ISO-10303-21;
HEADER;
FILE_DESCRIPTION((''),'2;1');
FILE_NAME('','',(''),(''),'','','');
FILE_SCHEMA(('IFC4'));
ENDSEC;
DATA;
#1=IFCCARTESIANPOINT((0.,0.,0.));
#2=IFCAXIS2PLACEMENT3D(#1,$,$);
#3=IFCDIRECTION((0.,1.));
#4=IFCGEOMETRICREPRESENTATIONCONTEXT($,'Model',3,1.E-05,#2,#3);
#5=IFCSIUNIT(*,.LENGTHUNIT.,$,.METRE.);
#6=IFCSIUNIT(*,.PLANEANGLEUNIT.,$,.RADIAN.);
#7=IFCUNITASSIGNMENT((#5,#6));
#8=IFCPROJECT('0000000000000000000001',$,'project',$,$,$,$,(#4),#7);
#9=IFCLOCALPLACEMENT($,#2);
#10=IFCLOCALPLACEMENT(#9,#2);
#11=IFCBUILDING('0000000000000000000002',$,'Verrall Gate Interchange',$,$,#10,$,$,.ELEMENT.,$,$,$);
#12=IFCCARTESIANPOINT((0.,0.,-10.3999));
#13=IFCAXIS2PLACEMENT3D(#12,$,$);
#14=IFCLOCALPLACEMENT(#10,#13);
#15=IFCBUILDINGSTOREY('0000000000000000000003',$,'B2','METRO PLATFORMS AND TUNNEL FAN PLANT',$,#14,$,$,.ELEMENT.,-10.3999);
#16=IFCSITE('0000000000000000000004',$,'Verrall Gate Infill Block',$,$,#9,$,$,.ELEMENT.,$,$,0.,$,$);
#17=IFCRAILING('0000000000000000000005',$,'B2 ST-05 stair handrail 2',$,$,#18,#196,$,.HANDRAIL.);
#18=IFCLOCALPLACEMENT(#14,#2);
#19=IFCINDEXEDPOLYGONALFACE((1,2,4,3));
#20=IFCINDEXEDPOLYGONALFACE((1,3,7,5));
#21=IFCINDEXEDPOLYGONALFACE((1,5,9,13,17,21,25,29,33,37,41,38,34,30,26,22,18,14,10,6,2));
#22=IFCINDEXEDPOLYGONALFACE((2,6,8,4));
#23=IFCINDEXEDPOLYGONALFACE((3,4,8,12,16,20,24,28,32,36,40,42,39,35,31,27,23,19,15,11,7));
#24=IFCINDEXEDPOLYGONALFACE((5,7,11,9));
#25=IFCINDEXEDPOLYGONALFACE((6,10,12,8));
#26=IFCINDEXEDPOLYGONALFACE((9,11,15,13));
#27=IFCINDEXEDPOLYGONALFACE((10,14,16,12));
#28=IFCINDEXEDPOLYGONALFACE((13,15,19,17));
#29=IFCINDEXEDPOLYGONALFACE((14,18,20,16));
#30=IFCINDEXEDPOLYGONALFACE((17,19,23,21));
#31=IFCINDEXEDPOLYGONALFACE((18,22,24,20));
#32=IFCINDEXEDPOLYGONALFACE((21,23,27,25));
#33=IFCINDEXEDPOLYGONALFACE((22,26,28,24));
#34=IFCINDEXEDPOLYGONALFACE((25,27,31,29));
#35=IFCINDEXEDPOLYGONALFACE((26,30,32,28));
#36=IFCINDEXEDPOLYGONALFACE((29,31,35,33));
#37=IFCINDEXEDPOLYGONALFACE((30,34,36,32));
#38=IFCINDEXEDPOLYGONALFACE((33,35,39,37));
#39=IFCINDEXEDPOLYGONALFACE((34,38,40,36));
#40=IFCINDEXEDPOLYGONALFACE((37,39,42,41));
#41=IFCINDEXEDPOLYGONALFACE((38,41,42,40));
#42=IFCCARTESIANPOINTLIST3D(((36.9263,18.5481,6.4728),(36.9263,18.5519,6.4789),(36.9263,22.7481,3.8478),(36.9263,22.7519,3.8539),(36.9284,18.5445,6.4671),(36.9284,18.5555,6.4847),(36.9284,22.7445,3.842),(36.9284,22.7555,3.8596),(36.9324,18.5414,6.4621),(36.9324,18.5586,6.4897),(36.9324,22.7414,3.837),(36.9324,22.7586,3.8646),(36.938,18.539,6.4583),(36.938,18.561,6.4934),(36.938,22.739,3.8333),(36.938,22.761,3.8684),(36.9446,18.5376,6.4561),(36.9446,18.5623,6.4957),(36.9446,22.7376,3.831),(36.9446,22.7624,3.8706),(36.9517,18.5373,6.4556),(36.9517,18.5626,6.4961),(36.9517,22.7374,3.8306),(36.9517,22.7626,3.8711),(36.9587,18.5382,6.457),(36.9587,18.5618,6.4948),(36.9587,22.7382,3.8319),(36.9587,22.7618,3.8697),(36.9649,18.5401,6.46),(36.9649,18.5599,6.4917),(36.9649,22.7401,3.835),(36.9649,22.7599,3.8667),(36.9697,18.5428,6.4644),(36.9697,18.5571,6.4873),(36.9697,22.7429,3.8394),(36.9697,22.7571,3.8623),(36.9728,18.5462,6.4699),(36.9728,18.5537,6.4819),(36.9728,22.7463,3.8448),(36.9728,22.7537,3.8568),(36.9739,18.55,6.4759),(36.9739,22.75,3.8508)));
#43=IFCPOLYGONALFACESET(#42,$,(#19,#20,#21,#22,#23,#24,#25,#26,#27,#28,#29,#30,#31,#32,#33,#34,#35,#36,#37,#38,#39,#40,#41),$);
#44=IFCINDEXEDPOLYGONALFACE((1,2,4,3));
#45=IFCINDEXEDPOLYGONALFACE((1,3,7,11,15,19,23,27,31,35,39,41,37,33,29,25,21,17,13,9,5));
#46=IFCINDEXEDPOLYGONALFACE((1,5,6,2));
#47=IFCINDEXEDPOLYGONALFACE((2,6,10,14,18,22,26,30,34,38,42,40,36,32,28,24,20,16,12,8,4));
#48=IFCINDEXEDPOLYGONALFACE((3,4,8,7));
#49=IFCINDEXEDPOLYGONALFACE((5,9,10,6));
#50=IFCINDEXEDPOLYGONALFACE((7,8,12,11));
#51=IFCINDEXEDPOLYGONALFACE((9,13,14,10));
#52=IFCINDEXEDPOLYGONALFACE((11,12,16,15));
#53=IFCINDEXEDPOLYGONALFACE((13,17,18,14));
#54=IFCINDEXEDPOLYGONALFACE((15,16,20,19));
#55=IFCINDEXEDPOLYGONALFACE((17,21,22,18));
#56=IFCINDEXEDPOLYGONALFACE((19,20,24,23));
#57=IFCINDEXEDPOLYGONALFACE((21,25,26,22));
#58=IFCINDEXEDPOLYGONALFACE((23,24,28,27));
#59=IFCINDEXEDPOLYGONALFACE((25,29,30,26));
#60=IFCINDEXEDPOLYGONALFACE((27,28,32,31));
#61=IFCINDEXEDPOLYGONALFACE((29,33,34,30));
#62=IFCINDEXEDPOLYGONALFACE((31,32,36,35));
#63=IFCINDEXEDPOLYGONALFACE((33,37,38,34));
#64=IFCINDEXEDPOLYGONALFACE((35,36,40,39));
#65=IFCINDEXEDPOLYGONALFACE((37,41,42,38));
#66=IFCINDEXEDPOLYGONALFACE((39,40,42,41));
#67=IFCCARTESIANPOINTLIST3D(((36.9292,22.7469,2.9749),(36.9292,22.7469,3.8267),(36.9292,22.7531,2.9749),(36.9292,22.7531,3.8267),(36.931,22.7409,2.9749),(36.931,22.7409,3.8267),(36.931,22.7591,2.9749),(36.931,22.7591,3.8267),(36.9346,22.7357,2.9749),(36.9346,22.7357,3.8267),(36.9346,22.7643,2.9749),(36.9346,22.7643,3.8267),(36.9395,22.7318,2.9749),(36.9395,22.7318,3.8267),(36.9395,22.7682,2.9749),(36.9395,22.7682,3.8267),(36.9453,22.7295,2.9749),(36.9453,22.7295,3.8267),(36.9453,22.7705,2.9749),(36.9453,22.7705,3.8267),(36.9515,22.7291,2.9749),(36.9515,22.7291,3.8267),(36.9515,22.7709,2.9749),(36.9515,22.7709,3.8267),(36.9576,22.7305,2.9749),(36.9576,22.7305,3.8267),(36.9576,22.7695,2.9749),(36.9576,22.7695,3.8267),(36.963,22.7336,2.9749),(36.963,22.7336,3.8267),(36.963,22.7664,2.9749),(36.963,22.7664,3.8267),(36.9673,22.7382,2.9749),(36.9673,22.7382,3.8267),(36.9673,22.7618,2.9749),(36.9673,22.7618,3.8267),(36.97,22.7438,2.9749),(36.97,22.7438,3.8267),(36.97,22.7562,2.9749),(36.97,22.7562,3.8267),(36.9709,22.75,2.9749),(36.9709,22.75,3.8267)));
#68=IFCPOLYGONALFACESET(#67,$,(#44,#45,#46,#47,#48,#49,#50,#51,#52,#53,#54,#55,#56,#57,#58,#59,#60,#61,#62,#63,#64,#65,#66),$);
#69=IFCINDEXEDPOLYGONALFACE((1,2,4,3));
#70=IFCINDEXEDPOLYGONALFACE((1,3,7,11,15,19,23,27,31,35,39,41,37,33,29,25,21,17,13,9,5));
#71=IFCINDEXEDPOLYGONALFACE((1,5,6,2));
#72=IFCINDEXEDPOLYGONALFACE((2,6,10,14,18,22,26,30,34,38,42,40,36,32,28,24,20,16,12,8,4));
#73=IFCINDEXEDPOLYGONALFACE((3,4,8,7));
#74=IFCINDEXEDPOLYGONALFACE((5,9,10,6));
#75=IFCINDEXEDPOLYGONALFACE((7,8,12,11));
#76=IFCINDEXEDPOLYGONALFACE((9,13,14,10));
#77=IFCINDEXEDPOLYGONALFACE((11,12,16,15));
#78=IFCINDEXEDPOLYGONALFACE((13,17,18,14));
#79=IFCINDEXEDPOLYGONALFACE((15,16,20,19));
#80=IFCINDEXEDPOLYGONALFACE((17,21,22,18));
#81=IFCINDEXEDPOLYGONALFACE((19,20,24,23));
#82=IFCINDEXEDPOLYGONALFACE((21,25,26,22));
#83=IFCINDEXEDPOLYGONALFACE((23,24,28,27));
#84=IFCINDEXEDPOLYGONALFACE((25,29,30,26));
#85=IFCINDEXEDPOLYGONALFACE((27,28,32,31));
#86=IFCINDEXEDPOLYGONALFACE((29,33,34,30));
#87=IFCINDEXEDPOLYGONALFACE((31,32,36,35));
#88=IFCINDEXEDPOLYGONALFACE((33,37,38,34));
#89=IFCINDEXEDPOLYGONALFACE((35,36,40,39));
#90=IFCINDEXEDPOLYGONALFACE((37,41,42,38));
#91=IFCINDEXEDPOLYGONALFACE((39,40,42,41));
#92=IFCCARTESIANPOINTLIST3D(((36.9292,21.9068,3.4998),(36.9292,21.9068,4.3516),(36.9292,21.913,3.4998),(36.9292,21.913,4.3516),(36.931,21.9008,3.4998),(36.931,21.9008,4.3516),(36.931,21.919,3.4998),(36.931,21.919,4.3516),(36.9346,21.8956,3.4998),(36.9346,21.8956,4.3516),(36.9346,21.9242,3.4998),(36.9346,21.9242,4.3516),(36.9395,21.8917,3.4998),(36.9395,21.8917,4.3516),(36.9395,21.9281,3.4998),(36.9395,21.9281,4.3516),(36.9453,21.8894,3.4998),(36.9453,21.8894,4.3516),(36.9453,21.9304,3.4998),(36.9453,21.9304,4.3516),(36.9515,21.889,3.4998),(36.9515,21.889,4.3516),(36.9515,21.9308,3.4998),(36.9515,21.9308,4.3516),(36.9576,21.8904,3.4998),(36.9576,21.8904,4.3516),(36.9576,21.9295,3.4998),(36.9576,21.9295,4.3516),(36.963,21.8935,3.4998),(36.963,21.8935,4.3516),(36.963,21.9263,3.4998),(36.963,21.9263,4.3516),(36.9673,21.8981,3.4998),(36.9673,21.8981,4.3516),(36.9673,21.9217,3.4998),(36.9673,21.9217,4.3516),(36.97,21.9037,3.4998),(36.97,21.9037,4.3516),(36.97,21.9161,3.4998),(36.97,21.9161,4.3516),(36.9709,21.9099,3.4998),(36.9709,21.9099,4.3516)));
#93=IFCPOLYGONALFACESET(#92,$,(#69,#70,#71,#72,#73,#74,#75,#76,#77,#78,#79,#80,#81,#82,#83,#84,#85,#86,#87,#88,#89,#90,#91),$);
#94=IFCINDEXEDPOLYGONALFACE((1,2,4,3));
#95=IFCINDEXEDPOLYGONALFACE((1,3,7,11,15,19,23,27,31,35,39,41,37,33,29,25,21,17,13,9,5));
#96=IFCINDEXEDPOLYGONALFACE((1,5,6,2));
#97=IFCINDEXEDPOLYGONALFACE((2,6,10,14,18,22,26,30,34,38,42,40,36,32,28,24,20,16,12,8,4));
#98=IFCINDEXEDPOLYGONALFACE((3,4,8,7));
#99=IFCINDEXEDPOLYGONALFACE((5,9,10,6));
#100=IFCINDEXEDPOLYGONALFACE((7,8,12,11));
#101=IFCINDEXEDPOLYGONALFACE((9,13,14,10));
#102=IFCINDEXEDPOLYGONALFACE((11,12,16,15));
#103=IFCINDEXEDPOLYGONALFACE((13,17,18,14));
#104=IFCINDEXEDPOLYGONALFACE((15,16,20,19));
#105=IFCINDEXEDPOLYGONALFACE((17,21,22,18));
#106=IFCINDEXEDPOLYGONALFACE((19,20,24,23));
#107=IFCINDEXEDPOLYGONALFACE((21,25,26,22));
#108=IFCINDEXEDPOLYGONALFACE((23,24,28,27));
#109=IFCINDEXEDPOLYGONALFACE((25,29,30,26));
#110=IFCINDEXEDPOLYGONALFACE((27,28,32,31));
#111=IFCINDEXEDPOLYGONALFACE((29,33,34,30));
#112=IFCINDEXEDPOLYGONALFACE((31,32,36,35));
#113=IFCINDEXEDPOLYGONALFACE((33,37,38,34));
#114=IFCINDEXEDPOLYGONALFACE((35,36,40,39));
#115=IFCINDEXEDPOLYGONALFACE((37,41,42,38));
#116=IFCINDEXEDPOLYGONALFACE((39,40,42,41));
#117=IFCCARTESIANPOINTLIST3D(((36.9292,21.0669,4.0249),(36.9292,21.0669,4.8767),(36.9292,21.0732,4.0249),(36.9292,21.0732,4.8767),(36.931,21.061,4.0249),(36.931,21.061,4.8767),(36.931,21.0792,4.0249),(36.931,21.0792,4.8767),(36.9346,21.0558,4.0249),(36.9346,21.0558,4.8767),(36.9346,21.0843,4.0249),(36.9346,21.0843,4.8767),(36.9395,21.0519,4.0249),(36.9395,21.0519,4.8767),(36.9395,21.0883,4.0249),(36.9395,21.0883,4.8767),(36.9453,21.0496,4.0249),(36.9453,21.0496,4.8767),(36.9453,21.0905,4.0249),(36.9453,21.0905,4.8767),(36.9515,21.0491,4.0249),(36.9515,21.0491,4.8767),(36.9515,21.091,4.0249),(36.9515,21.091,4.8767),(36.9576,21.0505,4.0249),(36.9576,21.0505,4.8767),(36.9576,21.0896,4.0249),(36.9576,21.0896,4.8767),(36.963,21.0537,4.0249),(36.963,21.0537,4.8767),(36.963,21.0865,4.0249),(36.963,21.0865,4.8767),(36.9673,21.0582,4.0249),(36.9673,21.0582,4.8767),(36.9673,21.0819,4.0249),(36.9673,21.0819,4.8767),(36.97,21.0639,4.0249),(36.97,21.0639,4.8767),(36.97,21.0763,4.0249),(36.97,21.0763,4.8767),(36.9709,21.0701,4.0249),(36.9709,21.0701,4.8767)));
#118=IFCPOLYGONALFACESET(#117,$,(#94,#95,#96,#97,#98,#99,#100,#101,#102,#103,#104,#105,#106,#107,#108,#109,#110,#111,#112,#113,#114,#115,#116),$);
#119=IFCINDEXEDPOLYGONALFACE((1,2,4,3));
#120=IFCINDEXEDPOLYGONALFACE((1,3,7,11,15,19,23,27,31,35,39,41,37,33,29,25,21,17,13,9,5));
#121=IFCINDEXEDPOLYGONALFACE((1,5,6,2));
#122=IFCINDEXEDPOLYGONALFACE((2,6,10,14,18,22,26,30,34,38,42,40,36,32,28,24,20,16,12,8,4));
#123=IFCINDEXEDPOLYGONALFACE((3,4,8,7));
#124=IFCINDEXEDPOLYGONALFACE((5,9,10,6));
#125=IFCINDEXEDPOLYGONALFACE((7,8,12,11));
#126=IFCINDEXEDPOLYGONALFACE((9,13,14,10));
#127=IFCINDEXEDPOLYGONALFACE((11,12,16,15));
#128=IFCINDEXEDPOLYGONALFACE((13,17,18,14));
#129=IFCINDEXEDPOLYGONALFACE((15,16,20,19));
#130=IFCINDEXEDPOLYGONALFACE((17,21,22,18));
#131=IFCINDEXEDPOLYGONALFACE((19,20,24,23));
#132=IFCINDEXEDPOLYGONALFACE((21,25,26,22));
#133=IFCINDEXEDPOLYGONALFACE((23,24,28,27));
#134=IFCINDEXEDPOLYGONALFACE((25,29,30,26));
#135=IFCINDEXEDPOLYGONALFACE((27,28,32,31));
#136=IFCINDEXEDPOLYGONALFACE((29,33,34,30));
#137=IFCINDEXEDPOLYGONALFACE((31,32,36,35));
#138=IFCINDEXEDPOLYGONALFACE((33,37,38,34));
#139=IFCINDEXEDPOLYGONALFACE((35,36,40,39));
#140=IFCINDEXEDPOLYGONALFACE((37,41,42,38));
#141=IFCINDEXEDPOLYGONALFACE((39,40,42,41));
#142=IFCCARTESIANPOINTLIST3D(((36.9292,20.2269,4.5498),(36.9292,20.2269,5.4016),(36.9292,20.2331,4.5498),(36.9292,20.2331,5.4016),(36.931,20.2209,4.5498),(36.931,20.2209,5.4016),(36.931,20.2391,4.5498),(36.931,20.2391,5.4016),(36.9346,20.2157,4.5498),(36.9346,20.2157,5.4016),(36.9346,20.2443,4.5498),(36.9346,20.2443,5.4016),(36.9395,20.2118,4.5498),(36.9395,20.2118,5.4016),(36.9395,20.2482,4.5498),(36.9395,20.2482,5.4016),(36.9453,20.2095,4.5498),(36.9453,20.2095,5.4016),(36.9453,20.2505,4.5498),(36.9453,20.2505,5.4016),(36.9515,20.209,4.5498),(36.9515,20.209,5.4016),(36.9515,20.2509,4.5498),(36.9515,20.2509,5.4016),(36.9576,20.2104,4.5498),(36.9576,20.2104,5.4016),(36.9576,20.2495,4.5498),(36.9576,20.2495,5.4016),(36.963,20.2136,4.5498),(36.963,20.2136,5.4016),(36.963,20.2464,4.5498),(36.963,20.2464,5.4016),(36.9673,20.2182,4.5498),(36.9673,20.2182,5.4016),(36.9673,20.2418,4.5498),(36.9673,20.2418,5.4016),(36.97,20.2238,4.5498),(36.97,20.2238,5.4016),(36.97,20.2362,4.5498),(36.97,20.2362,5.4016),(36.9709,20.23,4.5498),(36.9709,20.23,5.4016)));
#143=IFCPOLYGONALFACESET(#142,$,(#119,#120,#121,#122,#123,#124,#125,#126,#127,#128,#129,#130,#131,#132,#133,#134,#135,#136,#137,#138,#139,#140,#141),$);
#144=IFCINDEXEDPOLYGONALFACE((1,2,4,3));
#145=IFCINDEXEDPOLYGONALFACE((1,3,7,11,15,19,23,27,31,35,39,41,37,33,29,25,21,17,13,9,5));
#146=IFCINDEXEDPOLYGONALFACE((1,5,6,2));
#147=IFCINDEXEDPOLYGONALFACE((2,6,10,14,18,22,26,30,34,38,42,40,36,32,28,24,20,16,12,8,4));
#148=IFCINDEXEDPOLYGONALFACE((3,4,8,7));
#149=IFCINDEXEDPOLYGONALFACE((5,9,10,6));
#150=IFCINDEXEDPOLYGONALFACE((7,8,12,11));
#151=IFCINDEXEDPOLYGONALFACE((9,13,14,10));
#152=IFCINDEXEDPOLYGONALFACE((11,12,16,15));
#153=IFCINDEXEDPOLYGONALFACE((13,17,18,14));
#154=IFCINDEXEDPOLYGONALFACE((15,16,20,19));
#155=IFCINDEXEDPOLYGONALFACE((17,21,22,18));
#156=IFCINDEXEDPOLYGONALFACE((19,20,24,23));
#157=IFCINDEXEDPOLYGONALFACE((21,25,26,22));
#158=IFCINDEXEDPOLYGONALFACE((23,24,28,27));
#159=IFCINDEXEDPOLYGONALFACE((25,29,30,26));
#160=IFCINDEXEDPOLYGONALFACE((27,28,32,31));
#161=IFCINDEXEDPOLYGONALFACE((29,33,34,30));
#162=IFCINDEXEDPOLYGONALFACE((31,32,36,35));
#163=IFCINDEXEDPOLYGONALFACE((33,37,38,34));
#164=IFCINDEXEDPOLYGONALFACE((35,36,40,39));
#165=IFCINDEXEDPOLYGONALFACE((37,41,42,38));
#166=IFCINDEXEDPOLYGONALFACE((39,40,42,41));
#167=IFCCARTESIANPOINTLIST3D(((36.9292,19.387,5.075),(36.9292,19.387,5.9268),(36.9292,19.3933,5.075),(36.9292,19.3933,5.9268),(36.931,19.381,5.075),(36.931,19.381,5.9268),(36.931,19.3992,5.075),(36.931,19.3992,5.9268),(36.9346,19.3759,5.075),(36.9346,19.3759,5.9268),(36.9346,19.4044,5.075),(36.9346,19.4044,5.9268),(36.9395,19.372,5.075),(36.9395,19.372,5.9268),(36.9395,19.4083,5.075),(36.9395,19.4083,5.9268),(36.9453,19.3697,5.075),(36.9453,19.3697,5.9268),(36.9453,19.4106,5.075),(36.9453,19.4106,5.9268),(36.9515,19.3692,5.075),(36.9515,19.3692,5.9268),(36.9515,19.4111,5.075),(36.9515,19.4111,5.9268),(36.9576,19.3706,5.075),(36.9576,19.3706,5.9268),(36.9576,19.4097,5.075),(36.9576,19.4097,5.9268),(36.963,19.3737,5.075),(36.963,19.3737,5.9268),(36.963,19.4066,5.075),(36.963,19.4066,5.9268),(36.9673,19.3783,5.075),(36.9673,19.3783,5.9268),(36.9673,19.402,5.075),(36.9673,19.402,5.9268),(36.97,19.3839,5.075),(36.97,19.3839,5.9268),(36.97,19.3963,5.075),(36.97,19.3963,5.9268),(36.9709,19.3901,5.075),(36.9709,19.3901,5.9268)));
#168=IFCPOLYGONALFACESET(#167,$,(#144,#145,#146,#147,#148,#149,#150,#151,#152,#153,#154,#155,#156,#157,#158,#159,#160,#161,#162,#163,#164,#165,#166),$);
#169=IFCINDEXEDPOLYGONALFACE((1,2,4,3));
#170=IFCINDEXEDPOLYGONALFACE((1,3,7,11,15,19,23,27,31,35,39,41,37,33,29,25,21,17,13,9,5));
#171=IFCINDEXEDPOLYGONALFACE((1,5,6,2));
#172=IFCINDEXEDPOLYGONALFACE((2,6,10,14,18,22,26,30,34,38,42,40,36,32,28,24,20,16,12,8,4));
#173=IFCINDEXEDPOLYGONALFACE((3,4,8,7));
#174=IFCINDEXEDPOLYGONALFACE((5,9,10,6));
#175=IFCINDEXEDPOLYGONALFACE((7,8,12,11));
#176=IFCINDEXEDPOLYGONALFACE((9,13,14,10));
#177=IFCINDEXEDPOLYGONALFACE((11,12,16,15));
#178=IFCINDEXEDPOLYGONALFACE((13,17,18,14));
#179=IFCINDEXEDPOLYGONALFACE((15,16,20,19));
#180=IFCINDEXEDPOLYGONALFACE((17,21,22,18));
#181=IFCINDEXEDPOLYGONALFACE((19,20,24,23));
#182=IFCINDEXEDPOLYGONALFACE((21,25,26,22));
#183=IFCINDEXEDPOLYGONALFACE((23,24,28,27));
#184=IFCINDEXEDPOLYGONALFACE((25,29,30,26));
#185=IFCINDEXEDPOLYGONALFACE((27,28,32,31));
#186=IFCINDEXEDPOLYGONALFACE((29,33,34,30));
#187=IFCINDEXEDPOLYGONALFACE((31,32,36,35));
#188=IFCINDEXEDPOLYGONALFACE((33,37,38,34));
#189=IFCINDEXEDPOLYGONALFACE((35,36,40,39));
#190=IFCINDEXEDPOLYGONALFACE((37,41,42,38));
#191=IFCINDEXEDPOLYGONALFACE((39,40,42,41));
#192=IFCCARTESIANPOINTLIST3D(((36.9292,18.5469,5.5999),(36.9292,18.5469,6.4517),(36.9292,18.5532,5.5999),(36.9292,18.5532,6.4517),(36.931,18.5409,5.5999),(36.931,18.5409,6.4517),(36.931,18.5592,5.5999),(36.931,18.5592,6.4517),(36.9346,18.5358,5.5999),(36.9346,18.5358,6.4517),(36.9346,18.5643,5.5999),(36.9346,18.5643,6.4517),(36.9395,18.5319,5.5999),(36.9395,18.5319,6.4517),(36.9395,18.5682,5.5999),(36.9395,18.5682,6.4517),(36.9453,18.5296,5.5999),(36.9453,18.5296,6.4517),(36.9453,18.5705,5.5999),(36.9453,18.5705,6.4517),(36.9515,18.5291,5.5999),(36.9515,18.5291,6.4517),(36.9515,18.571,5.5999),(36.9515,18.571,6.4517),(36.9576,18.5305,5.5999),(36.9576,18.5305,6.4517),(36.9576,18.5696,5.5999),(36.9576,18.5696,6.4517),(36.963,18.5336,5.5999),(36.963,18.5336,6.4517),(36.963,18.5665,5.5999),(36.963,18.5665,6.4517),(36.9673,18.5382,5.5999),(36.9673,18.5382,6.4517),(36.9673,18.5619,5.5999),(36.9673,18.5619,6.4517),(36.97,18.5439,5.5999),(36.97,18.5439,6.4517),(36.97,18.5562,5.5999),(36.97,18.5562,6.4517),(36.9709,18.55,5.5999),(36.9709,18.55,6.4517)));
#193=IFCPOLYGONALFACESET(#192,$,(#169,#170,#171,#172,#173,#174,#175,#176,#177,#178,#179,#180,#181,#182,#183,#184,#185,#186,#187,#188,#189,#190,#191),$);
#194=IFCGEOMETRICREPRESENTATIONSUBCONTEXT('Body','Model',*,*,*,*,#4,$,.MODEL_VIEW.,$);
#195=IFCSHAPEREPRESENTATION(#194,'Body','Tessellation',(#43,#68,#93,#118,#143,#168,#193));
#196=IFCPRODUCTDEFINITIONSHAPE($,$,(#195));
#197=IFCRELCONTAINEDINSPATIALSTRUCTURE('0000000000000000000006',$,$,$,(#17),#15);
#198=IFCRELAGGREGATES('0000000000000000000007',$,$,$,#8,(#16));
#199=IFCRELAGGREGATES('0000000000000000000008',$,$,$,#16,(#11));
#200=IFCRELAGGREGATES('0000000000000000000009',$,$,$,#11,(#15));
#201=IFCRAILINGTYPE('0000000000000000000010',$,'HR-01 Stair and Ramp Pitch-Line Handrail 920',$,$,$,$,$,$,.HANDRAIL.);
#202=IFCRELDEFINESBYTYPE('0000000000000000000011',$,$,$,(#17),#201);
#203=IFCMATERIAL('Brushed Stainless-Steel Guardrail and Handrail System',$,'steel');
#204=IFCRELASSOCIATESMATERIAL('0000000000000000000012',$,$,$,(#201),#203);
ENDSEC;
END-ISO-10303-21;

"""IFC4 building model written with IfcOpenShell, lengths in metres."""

from ifc_helpers import new_model, si_unit, direction, frame, origin, origin_2d, place, context, subcontext, project, spatial, circle, extrude, material, type_object, element, save


model = new_model("IFC4")

# Units and contexts
model_context = context("Model", 3, precision=1e-05, world=origin(), true_north=direction((0.0, 1.0)))
body_context = subcontext(model_context, "Body", "Model", "MODEL_VIEW")
ifc_project = project(units=[si_unit("LENGTHUNIT", "METRE"), si_unit("PLANEANGLEUNIT", "RADIAN")], contexts=[model_context])

# Site, building, storey
site_placement = place(None, origin())
site = spatial("IfcSite", under=ifc_project, at=site_placement, Name="Verrall Gate Infill Block", CompositionType="ELEMENT", RefElevation=0.0)
building_placement = place(site_placement, origin())
building = spatial("IfcBuilding", under=site, at=building_placement, Name="Verrall Gate Interchange", CompositionType="ELEMENT")
storey_placement = place(building_placement, frame((0.0, 0.0, -10.3999)))
storey = spatial("IfcBuildingStorey", under=building, at=storey_placement, Name="B2", Description="METRO PLATFORMS AND TUNNEL FAN PLANT", CompositionType="ELEMENT", Elevation=-10.3999)

# Railing
ifc_material_1 = material(Name="Brushed Stainless-Steel Guardrail and Handrail System", Category="steel")
railing_type_1 = type_object("IfcRailingType", Name="HR-01 Stair and Ramp Pitch-Line Handrail 920", PredefinedType="HANDRAIL", material=ifc_material_1)
railing_1_placement = place(storey_placement, frame((36.95, 22.75, 2.9749)))
element("IfcRailing", 1, at=railing_1_placement, inside=storey, type_object=railing_type_1, Name="B2 ST-05 stair handrail 2", PredefinedType="HANDRAIL", context=body_context, shape_type="SweptSolid", body=[
    extrude(circle(Radius=0.0239, at=origin_2d()), frame((0.0, 0.0, 0.876), z_axis=(0.0, -0.847996, 0.530003), x_axis=(1.0, 0.0, 0.0)), (0.0, 0.0, 1.0), 4.9529),
    extrude(circle(Radius=0.021, at=origin_2d()), origin(), (0.0, 0.0, 1.0), 0.8518),
    extrude(circle(Radius=0.021, at=origin_2d()), frame((0.0, -0.8401, 0.5249)), (0.0, 0.0, 1.0), 0.8518),
    extrude(circle(Radius=0.021, at=origin_2d()), frame((0.0, -1.6799, 1.05)), (0.0, 0.0, 1.0), 0.8518),
    extrude(circle(Radius=0.021, at=origin_2d()), frame((0.0, -2.52, 1.575)), (0.0, 0.0, 1.0), 0.8518),
    extrude(circle(Radius=0.021, at=origin_2d()), frame((0.0, -3.3599, 2.1001)), (0.0, 0.0, 1.0), 0.8518),
    extrude(circle(Radius=0.021, at=origin_2d()), frame((0.0, -4.2, 2.625)), (0.0, 0.0, 1.0), 0.8518),
])

save(model, "model.ifc")
